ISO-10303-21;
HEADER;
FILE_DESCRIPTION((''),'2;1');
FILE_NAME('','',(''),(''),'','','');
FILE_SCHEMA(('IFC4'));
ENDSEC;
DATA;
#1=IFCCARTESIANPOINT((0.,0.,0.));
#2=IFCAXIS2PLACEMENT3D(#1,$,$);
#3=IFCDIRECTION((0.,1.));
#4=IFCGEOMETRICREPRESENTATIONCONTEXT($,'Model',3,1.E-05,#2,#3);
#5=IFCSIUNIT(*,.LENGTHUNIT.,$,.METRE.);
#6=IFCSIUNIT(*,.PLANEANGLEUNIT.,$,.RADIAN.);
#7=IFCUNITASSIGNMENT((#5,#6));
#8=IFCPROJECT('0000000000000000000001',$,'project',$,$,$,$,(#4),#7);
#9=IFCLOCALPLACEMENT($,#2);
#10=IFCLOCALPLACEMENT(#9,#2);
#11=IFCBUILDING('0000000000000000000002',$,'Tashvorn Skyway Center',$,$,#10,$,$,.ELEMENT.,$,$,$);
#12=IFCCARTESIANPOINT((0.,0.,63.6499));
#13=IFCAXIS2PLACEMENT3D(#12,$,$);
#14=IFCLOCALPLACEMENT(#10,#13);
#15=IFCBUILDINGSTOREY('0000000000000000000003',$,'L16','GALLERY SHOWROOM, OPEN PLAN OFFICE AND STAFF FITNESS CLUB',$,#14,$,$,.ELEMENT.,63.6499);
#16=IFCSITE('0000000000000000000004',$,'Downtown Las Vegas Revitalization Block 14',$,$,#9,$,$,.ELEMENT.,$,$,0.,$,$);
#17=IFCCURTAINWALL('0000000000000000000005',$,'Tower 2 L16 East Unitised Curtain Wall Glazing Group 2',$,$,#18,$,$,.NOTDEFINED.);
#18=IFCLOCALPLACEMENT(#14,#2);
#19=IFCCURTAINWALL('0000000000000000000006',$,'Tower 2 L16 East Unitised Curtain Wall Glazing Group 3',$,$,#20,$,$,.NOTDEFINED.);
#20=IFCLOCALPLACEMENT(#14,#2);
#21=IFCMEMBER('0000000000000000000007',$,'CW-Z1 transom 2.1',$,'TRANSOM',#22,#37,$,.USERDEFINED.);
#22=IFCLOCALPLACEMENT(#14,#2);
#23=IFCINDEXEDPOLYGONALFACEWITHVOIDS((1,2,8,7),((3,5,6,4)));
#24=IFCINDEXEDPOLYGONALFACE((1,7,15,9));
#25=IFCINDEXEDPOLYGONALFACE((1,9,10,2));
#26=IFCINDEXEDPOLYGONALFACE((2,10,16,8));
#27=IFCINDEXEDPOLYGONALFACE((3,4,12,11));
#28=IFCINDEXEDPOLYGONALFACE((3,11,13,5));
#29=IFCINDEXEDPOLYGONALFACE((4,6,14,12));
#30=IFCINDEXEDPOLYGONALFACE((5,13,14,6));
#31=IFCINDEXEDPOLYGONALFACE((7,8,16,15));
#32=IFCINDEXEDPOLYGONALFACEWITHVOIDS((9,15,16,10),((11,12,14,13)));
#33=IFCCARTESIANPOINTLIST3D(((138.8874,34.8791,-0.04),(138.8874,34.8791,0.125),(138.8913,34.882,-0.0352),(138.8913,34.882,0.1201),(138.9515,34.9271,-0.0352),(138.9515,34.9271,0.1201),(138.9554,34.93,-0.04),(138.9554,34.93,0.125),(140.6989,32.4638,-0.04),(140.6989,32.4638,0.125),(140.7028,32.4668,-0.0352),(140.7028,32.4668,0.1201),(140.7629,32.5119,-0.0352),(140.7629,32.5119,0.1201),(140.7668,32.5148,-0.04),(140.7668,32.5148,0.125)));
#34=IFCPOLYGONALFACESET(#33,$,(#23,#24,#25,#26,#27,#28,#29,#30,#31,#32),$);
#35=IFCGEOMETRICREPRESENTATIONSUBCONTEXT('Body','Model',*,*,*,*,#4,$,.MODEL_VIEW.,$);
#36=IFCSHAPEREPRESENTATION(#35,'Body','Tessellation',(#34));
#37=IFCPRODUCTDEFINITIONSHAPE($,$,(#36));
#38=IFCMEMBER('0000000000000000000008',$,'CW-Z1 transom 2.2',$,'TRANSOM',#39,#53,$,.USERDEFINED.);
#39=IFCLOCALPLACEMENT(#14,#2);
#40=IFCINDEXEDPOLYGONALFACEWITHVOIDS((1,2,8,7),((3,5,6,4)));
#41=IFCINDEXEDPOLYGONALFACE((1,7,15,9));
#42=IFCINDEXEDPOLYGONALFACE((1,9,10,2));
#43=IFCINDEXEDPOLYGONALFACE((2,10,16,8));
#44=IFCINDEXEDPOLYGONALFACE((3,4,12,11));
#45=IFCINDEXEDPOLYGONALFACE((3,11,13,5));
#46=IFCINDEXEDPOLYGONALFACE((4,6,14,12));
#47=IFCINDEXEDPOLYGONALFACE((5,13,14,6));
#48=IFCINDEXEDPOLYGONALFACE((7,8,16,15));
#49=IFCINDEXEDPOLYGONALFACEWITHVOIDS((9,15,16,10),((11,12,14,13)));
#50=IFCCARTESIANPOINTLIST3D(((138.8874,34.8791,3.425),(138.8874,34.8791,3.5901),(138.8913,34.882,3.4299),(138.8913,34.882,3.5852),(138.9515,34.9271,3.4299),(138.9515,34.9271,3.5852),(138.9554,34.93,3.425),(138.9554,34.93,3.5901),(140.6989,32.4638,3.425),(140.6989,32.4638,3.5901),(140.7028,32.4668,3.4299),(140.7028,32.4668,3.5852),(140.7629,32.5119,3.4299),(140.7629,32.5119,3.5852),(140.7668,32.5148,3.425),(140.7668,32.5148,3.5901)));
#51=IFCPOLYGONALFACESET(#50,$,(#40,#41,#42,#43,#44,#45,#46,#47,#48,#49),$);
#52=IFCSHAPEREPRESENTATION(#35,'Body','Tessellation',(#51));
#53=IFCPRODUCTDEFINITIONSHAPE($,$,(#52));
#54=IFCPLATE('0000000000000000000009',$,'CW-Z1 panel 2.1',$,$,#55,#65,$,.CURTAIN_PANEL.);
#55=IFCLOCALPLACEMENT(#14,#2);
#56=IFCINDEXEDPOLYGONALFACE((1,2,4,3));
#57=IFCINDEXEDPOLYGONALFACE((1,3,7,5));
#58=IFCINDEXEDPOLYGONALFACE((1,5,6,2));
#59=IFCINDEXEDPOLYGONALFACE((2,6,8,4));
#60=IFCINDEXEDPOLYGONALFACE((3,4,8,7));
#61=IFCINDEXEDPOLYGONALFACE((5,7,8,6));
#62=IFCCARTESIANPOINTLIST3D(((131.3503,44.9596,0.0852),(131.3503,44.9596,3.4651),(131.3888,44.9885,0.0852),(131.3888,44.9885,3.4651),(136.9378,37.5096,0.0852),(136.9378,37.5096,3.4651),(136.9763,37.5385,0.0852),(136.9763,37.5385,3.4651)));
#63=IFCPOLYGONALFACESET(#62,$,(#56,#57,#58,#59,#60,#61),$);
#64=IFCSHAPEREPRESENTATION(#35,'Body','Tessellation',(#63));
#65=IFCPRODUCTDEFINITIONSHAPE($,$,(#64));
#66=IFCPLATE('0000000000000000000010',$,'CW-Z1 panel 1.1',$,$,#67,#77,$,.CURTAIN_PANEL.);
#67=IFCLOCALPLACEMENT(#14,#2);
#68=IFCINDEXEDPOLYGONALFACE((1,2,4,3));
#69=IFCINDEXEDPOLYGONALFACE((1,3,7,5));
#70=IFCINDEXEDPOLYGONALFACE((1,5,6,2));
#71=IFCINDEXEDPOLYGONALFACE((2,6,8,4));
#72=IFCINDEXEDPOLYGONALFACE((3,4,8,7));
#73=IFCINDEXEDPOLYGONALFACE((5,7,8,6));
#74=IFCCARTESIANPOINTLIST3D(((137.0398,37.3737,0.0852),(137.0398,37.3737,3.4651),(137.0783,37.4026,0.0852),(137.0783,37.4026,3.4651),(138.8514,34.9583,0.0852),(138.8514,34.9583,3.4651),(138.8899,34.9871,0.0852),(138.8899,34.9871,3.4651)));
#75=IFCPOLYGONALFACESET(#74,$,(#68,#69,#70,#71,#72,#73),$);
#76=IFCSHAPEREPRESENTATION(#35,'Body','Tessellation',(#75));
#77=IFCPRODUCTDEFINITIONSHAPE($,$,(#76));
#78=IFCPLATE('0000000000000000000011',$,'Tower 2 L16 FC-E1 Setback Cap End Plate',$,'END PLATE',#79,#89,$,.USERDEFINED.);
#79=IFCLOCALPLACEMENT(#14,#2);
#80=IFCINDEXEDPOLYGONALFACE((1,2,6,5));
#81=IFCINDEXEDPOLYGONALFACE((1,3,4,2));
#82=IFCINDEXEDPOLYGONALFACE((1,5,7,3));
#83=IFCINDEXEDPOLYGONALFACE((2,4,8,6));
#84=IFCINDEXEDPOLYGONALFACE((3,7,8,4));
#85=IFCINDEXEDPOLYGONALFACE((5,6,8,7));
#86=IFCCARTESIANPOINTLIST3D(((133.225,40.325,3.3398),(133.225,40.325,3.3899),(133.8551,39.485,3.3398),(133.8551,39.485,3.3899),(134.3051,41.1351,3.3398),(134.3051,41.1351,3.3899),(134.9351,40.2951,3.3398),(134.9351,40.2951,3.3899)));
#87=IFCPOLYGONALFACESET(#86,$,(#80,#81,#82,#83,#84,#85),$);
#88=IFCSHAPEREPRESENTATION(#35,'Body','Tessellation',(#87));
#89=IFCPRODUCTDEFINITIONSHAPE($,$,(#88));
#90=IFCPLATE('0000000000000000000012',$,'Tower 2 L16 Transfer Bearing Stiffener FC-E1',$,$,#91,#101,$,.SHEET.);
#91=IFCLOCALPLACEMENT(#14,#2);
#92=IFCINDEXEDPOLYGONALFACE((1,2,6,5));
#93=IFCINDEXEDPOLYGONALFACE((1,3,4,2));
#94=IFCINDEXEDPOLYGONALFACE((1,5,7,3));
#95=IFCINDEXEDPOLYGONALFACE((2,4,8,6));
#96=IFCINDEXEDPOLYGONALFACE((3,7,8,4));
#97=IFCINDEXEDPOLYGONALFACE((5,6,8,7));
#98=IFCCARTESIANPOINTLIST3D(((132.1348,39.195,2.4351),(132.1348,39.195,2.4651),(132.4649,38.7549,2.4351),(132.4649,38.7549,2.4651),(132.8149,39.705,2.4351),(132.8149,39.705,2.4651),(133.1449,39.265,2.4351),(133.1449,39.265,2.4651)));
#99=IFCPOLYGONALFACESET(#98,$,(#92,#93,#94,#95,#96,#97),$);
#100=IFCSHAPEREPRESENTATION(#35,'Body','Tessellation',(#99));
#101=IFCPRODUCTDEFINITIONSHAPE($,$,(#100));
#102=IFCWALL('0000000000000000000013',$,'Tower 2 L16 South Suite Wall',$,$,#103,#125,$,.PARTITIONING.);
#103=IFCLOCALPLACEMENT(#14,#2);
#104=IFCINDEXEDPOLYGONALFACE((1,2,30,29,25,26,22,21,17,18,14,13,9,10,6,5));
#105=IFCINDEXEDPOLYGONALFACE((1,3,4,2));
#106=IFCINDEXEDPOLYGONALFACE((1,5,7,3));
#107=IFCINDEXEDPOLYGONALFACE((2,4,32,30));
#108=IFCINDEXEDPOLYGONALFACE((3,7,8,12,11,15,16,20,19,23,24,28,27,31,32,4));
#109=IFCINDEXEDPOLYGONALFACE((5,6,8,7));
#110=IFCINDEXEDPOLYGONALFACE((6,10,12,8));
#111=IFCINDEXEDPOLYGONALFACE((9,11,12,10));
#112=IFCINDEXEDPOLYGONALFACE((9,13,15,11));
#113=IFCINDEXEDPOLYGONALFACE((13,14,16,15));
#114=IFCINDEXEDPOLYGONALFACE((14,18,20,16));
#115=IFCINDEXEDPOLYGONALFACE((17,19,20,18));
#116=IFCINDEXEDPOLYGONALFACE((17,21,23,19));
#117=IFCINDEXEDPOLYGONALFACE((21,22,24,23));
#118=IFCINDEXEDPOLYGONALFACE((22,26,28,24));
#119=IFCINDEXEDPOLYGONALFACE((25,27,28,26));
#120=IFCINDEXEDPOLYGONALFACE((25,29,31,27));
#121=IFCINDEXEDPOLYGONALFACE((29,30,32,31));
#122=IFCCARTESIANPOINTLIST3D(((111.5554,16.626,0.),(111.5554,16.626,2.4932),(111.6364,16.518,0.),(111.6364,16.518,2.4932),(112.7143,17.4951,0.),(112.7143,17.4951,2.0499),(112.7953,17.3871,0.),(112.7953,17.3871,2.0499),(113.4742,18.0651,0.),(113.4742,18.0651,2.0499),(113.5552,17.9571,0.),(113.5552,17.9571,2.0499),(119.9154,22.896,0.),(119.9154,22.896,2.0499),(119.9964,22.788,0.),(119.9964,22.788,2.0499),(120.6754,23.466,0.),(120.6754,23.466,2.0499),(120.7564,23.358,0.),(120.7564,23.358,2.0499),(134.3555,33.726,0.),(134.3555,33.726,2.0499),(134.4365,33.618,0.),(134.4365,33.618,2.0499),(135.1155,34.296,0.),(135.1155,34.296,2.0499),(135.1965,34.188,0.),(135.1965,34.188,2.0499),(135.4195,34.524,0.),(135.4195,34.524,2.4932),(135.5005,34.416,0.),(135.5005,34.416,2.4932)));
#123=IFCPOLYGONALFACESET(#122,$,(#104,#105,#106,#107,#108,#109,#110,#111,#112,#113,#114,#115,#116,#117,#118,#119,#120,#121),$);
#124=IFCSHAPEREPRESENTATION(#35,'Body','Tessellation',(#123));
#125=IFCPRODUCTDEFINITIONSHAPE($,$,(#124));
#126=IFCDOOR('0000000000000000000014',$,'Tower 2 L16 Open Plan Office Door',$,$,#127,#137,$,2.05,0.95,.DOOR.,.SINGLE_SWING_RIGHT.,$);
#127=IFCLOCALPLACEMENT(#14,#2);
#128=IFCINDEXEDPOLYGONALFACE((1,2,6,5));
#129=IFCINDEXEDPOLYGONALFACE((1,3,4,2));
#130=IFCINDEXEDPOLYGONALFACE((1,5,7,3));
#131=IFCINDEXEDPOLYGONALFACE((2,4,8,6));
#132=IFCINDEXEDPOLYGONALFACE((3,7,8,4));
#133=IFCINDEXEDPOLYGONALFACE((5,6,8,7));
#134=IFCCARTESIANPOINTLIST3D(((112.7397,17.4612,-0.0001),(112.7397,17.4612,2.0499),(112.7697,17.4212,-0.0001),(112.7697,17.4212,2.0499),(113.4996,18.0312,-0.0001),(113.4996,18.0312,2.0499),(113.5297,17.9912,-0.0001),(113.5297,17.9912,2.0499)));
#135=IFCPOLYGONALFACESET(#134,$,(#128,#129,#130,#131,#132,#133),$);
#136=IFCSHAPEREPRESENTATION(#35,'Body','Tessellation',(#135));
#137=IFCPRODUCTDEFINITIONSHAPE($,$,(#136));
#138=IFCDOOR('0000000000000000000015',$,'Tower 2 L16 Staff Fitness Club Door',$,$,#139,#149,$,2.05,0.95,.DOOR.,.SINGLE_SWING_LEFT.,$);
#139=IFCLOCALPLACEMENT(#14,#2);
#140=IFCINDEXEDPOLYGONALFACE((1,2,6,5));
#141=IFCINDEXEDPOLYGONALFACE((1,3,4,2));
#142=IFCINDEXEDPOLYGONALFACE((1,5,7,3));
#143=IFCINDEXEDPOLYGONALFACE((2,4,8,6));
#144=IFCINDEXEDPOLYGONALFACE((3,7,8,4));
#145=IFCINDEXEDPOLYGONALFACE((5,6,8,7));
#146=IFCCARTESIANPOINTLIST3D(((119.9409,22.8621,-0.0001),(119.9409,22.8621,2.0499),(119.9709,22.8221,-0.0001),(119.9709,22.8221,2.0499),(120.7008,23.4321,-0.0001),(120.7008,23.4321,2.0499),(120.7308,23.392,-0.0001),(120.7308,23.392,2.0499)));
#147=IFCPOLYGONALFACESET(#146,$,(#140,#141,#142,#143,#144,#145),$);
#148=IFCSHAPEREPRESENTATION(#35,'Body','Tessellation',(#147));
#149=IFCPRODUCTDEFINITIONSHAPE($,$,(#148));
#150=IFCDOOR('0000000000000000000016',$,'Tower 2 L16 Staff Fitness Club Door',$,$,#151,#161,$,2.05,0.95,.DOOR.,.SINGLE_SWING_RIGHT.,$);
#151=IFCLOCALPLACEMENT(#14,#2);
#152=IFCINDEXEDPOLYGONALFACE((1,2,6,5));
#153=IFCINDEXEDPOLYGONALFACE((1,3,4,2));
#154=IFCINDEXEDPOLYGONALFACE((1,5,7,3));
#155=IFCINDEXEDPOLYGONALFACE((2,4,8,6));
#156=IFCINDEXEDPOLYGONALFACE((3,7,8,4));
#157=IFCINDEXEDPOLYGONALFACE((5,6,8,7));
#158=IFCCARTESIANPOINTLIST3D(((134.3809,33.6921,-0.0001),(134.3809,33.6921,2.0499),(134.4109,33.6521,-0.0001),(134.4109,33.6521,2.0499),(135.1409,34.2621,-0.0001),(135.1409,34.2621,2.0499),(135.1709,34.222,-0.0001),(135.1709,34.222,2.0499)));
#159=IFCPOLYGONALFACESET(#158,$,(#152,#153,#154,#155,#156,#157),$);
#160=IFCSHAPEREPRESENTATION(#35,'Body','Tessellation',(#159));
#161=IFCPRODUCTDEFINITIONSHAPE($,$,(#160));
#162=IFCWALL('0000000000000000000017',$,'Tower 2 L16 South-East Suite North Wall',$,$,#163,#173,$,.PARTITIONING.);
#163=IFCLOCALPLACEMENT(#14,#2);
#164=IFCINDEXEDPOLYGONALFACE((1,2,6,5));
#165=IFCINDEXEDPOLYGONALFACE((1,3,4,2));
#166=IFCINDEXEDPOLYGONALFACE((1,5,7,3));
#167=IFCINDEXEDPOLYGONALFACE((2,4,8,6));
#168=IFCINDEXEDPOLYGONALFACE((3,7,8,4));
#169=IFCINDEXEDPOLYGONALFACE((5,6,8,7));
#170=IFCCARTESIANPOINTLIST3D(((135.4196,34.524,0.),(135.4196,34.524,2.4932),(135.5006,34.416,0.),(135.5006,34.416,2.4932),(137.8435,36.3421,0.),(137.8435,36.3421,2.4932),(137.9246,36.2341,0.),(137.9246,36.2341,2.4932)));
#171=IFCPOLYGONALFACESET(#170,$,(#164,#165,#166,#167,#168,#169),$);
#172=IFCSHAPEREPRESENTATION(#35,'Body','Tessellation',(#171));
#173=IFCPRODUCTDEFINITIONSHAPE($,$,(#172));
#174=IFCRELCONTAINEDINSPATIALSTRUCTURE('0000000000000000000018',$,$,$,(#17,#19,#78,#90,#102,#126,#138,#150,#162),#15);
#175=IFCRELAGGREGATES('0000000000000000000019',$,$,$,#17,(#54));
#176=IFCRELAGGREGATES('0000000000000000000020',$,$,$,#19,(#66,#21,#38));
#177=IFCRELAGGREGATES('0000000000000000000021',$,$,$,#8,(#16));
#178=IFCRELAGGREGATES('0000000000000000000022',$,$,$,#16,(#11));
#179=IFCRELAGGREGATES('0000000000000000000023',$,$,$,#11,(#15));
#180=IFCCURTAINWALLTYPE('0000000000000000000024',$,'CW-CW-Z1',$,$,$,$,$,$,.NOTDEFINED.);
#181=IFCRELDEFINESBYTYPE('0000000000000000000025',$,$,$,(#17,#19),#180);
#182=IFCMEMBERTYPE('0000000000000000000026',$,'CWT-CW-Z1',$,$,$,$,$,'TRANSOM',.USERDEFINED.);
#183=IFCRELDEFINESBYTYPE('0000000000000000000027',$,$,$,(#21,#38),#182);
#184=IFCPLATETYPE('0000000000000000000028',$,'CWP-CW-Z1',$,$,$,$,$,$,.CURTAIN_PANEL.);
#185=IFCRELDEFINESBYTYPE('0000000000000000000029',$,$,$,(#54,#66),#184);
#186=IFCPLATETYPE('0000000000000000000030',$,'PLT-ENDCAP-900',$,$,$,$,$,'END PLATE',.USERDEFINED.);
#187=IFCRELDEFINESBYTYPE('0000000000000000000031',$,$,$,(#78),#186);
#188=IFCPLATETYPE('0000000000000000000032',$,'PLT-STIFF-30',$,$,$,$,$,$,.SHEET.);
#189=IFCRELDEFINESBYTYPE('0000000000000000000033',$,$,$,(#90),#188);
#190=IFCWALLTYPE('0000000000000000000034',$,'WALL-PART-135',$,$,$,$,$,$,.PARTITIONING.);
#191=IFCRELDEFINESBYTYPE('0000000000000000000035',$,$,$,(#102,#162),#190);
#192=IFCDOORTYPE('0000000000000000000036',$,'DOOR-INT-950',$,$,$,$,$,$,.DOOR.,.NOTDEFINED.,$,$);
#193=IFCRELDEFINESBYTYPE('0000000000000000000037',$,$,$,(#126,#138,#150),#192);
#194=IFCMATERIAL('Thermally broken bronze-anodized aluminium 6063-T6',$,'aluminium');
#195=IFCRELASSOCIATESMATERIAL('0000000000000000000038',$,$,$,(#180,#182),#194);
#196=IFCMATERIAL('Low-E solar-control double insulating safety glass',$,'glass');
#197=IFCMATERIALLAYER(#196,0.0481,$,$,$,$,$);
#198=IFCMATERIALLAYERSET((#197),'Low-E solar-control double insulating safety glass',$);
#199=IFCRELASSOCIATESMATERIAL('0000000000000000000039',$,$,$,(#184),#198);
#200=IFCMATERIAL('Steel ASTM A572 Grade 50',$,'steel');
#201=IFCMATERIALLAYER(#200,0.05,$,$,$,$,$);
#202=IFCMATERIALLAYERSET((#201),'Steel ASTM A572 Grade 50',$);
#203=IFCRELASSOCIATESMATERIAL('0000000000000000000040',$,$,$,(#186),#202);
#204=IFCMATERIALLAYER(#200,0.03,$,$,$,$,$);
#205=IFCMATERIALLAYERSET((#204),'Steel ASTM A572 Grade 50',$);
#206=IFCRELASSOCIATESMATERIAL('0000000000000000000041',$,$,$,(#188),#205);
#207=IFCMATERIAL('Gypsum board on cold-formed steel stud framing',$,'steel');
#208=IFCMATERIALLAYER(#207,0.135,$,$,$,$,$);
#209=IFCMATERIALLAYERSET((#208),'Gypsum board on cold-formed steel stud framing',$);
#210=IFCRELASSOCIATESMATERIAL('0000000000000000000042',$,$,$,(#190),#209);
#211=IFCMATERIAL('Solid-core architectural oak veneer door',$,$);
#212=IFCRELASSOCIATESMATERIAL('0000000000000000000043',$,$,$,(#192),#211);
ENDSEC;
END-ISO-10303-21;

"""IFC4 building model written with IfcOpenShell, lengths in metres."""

from ifc_helpers import new_model, si_unit, direction, frame, frame_2d, origin, origin_2d, place, context, subcontext, project, spatial, rectangle, hollow_rectangle, extrude, material, layer, layer_set, material_profile, profile_set, type_object, element, fill, aggregate, save


model = new_model("IFC4")

# Units and contexts
model_context = context("Model", 3, precision=1e-05, world=origin(), true_north=direction((0.0, 1.0)))
body_context = subcontext(model_context, "Body", "Model", "MODEL_VIEW")
ifc_project = project(units=[si_unit("LENGTHUNIT", "METRE"), si_unit("PLANEANGLEUNIT", "RADIAN")], contexts=[model_context])

# Site, building, storey
site_placement = place(None, origin())
site = spatial("IfcSite", under=ifc_project, at=site_placement, Name="Downtown Las Vegas Revitalization Block 14", CompositionType="ELEMENT", RefElevation=0.0)
building_placement = place(site_placement, origin())
building = spatial("IfcBuilding", under=site, at=building_placement, Name="Tashvorn Skyway Center", CompositionType="ELEMENT")
storey_placement = place(building_placement, frame((0.0, 0.0, 63.6499)))
storey = spatial("IfcBuildingStorey", under=building, at=storey_placement, Name="L16", Description="GALLERY SHOWROOM, OPEN PLAN OFFICE AND STAFF FITNESS CLUB", CompositionType="ELEMENT", Elevation=63.6499)

# Shared definitions
ifc_material_1 = material(Name="Steel ASTM A572 Grade 50", Category="steel")

# Curtain wall
ifc_material_2 = material(Name="Thermally broken bronze-anodized aluminium 6063-T6", Category="aluminium")
curtain_wall_type = type_object("IfcCurtainWallType", Name="CW-CW-Z1", PredefinedType="NOTDEFINED", material=ifc_material_2)
curtain_wall_1_placement = place(storey_placement, origin())
curtain_wall_1 = element("IfcCurtainWall", 1, at=curtain_wall_1_placement, inside=storey, type_object=curtain_wall_type, Name="Tower 2 L16 East Unitised Curtain Wall Glazing Group 2", PredefinedType="NOTDEFINED")

# Curtain wall
curtain_wall_2_placement = place(storey_placement, origin())
curtain_wall_2 = element("IfcCurtainWall", 2, at=curtain_wall_2_placement, inside=storey, type_object=curtain_wall_type, Name="Tower 2 L16 East Unitised Curtain Wall Glazing Group 3", PredefinedType="NOTDEFINED")

# Members
ifc_material_profile_1 = material_profile(ifc_material_2, hollow_rectangle(XDim=0.085, YDim=0.165, WallThickness=0.0049, at=origin_2d()), Name="ALU-TRAN-85x165")
ifc_profile_set_1 = profile_set([ifc_material_profile_1], Name="Thermally broken bronze-anodized aluminium 6063-T6")
member_type_1 = type_object("IfcMemberType", Name="CWT-CW-Z1", ElementType="TRANSOM", PredefinedType="USERDEFINED", material=ifc_profile_set_1)
member_1_placement = place(storey_placement, frame((138.9214, 34.9045, 0.0425), z_axis=(0.600013, -0.79999, 0.0), x_axis=(0.79999, 0.600013, 0.0)))
member_1 = element("IfcMember", 3, at=member_1_placement, type_object=member_type_1, Name="CW-Z1 transom 2.1", ObjectType="TRANSOM", PredefinedType="USERDEFINED", context=body_context, shape_type="SweptSolid", body=[
    extrude(hollow_rectangle(XDim=0.085, YDim=0.165, WallThickness=0.0049, at=origin_2d()), origin(), (0.0, 0.0, 1.0), 3.019),
])
member_2_placement = place(storey_placement, frame((138.9214, 34.9045, 3.5076), z_axis=(0.600013, -0.79999, 0.0), x_axis=(0.79999, 0.600013, 0.0)))
member_2 = element("IfcMember", 4, at=member_2_placement, type_object=member_type_1, Name="CW-Z1 transom 2.2", ObjectType="TRANSOM", PredefinedType="USERDEFINED", context=body_context, shape_type="SweptSolid", body=[
    extrude(hollow_rectangle(XDim=0.085, YDim=0.165, WallThickness=0.0049, at=origin_2d()), origin(), (0.0, 0.0, 1.0), 3.019),
])

# Plates
ifc_material_3 = material(Name="Low-E solar-control double insulating safety glass", Category="glass")
ifc_layer_1 = layer(ifc_material_3, 0.0481)
ifc_layer_set_1 = layer_set([ifc_layer_1], Name="Low-E solar-control double insulating safety glass")
plate_type_1 = type_object("IfcPlateType", Name="CWP-CW-Z1", PredefinedType="CURTAIN_PANEL", material=ifc_layer_set_1)
plate_1_placement = place(storey_placement, frame((134.1633, 41.249, 0.0852), z_axis=(0.0, 0.0, 1.0), x_axis=(0.6, -0.8, 0.0)))
plate_1 = element("IfcPlate", 5, at=plate_1_placement, type_object=plate_type_1, Name="CW-Z1 panel 2.1", PredefinedType="CURTAIN_PANEL", context=body_context, shape_type="SweptSolid", body=[
    extrude(rectangle(XDim=9.3125, YDim=0.0481, at=origin_2d()), origin(), (0.0, 0.0, 1.0), 3.3799),
])
aggregate(curtain_wall_1, [plate_1])
plate_2_placement = place(storey_placement, frame((137.9648, 36.1804, 0.0852), z_axis=(0.0, 0.0, 1.0), x_axis=(0.599997, -0.800002, 0.0)))
plate_2 = element("IfcPlate", 6, at=plate_2_placement, type_object=plate_type_1, Name="CW-Z1 panel 1.1", PredefinedType="CURTAIN_PANEL", context=body_context, shape_type="SweptSolid", body=[
    extrude(rectangle(XDim=3.0193, YDim=0.0481, at=origin_2d()), origin(), (0.0, 0.0, 1.0), 3.3799),
])
aggregate(curtain_wall_2, [plate_2, member_1, member_2])

# Plates
ifc_layer_2 = layer(ifc_material_1, 0.05)
ifc_layer_set_2 = layer_set([ifc_layer_2], Name="Steel ASTM A572 Grade 50")
plate_type_2 = type_object("IfcPlateType", Name="PLT-ENDCAP-900", ElementType="END PLATE", PredefinedType="USERDEFINED", material=ifc_layer_set_2)
plate_3_placement = place(storey_placement, frame((134.0801, 40.3101, 3.3398), z_axis=(0.0, 0.0, 1.0), x_axis=(0.8, 0.6, 0.0)))
element("IfcPlate", 7, at=plate_3_placement, inside=storey, type_object=plate_type_2, Name="Tower 2 L16 FC-E1 Setback Cap End Plate", ObjectType="END PLATE", PredefinedType="USERDEFINED", context=body_context, shape_type="SweptSolid", body=[
    extrude(rectangle(XDim=1.3501, YDim=1.05, at=origin_2d()), origin(), (0.0, 0.0, 1.0), 0.05),
])
ifc_layer_3 = layer(ifc_material_1, 0.03)
ifc_layer_set_3 = layer_set([ifc_layer_3], Name="Steel ASTM A572 Grade 50")
plate_type_3 = type_object("IfcPlateType", Name="PLT-STIFF-30", PredefinedType="SHEET", material=ifc_layer_set_3)
plate_4_placement = place(storey_placement, frame((132.6399, 39.23, 2.4351), z_axis=(0.0, 0.0, 1.0), x_axis=(0.8, 0.6, 0.0)))
element("IfcPlate", 8, at=plate_4_placement, inside=storey, type_object=plate_type_3, Name="Tower 2 L16 Transfer Bearing Stiffener FC-E1", PredefinedType="SHEET", context=body_context, shape_type="SweptSolid", body=[
    extrude(rectangle(XDim=0.8501, YDim=0.55, at=origin_2d()), origin(), (0.0, 0.0, 1.0), 0.03),
])

# Wall, openings, doors
ifc_material_4 = material(Name="Gypsum board on cold-formed steel stud framing", Category="steel")
ifc_layer_4 = layer(ifc_material_4, 0.135)
ifc_layer_set_4 = layer_set([ifc_layer_4], Name="Gypsum board on cold-formed steel stud framing")
wall_type_1 = type_object("IfcWallType", Name="WALL-PART-135", PredefinedType="PARTITIONING", material=ifc_layer_set_4)
wall_1_placement = place(storey_placement, frame((135.46, 34.47, 0.0), z_axis=(0.0, 0.0, 1.0), x_axis=(-0.800001, -0.599999, 0.0)))
wall_1 = element("IfcWall", 9, at=wall_1_placement, inside=storey, type_object=wall_type_1, Name="Tower 2 L16 South Suite Wall", PredefinedType="PARTITIONING", context=body_context, shape_type="SweptSolid", body=[
    extrude(rectangle(XDim=29.8301, YDim=0.135, at=frame_2d((14.915, 0.0))), origin(), (0.0, 0.0, 1.0), 2.4932),
])
opening_1_placement = place(wall_1_placement, frame((27.4314, 0.0, 0.0)))
opening_1 = element("IfcOpeningElement", 10, at=opening_1_placement, cuts=wall_1, PredefinedType="OPENING", context=body_context, shape_type="SweptSolid", body=[
    extrude(rectangle(XDim=0.95, YDim=2.05, at=frame_2d((0.4751, 1.0249))), frame((0.0, 0.0774, 0.0), z_axis=(0.0, -1.0, 0.0), x_axis=(1.0, 0.0, 0.0)), (0.0, 0.0, 1.0), 0.155),
])
opening_2_placement = place(wall_1_placement, frame((18.4299, 0.0, 0.0)))
opening_2 = element("IfcOpeningElement", 11, at=opening_2_placement, cuts=wall_1, PredefinedType="OPENING", context=body_context, shape_type="SweptSolid", body=[
    extrude(rectangle(XDim=0.95, YDim=2.05, at=frame_2d((0.4751, 1.0249))), frame((0.0, 0.0774, 0.0), z_axis=(0.0, -1.0, 0.0), x_axis=(1.0, 0.0, 0.0)), (0.0, 0.0, 1.0), 0.155),
])
opening_3_placement = place(wall_1_placement, frame((0.3799, 0.0, 0.0)))
opening_3 = element("IfcOpeningElement", 12, at=opening_3_placement, cuts=wall_1, PredefinedType="OPENING", context=body_context, shape_type="SweptSolid", body=[
    extrude(rectangle(XDim=0.95, YDim=2.05, at=frame_2d((0.4751, 1.0249))), frame((0.0, 0.0774, 0.0), z_axis=(0.0, -1.0, 0.0), x_axis=(1.0, 0.0, 0.0)), (0.0, 0.0, 1.0), 0.155),
])
ifc_material_5 = material(Name="Solid-core architectural oak veneer door")
door_type = type_object("IfcDoorType", Name="DOOR-INT-950", OperationType="NOTDEFINED", PredefinedType="DOOR", material=ifc_material_5)
door_1_placement = place(opening_1_placement, origin())
door_1 = element("IfcDoor", 13, at=door_1_placement, inside=storey, type_object=door_type, Name="Tower 2 L16 Open Plan Office Door", OperationType="SINGLE_SWING_RIGHT", OverallHeight=2.05, OverallWidth=0.95, PredefinedType="DOOR", context=body_context, shape_type="SweptSolid", body=[
    extrude(rectangle(XDim=0.95, YDim=2.05, at=frame_2d((0.4751, 1.0249))), frame((0.0, 0.0249, 0.0), z_axis=(0.0, -1.0, 0.0), x_axis=(1.0, 0.0, 0.0)), (0.0, 0.0, 1.0), 0.05),
])
fill(opening_1, door_1)
door_2_placement = place(opening_2_placement, origin())
door_2 = element("IfcDoor", 14, at=door_2_placement, inside=storey, type_object=door_type, Name="Tower 2 L16 Staff Fitness Club Door", OperationType="SINGLE_SWING_LEFT", OverallHeight=2.05, OverallWidth=0.95, PredefinedType="DOOR", context=body_context, shape_type="SweptSolid", body=[
    extrude(rectangle(XDim=0.95, YDim=2.05, at=frame_2d((0.4751, 1.0249))), frame((0.0, 0.0249, 0.0), z_axis=(0.0, -1.0, 0.0), x_axis=(1.0, 0.0, 0.0)), (0.0, 0.0, 1.0), 0.05),
])
fill(opening_2, door_2)
door_3_placement = place(opening_3_placement, origin())
door_3 = element("IfcDoor", 15, at=door_3_placement, inside=storey, type_object=door_type, Name="Tower 2 L16 Staff Fitness Club Door", OperationType="SINGLE_SWING_RIGHT", OverallHeight=2.05, OverallWidth=0.95, PredefinedType="DOOR", context=body_context, shape_type="SweptSolid", body=[
    extrude(rectangle(XDim=0.95, YDim=2.05, at=frame_2d((0.4751, 1.0249))), frame((0.0, 0.0249, 0.0), z_axis=(0.0, -1.0, 0.0), x_axis=(1.0, 0.0, 0.0)), (0.0, 0.0, 1.0), 0.05),
])
fill(opening_3, door_3)

# Wall
wall_2_placement = place(storey_placement, frame((135.46, 34.47, 0.0), z_axis=(0.0, 0.0, 1.0), x_axis=(0.79999, 0.600013, 0.0)))
element("IfcWall", 16, at=wall_2_placement, inside=storey, type_object=wall_type_1, Name="Tower 2 L16 South-East Suite North Wall", PredefinedType="PARTITIONING", context=body_context, shape_type="SweptSolid", body=[
    extrude(rectangle(XDim=3.03, YDim=0.135, at=frame_2d((1.5151, 0.0))), origin(), (0.0, 0.0, 1.0), 2.4932),
])

save(model, "model.ifc")
